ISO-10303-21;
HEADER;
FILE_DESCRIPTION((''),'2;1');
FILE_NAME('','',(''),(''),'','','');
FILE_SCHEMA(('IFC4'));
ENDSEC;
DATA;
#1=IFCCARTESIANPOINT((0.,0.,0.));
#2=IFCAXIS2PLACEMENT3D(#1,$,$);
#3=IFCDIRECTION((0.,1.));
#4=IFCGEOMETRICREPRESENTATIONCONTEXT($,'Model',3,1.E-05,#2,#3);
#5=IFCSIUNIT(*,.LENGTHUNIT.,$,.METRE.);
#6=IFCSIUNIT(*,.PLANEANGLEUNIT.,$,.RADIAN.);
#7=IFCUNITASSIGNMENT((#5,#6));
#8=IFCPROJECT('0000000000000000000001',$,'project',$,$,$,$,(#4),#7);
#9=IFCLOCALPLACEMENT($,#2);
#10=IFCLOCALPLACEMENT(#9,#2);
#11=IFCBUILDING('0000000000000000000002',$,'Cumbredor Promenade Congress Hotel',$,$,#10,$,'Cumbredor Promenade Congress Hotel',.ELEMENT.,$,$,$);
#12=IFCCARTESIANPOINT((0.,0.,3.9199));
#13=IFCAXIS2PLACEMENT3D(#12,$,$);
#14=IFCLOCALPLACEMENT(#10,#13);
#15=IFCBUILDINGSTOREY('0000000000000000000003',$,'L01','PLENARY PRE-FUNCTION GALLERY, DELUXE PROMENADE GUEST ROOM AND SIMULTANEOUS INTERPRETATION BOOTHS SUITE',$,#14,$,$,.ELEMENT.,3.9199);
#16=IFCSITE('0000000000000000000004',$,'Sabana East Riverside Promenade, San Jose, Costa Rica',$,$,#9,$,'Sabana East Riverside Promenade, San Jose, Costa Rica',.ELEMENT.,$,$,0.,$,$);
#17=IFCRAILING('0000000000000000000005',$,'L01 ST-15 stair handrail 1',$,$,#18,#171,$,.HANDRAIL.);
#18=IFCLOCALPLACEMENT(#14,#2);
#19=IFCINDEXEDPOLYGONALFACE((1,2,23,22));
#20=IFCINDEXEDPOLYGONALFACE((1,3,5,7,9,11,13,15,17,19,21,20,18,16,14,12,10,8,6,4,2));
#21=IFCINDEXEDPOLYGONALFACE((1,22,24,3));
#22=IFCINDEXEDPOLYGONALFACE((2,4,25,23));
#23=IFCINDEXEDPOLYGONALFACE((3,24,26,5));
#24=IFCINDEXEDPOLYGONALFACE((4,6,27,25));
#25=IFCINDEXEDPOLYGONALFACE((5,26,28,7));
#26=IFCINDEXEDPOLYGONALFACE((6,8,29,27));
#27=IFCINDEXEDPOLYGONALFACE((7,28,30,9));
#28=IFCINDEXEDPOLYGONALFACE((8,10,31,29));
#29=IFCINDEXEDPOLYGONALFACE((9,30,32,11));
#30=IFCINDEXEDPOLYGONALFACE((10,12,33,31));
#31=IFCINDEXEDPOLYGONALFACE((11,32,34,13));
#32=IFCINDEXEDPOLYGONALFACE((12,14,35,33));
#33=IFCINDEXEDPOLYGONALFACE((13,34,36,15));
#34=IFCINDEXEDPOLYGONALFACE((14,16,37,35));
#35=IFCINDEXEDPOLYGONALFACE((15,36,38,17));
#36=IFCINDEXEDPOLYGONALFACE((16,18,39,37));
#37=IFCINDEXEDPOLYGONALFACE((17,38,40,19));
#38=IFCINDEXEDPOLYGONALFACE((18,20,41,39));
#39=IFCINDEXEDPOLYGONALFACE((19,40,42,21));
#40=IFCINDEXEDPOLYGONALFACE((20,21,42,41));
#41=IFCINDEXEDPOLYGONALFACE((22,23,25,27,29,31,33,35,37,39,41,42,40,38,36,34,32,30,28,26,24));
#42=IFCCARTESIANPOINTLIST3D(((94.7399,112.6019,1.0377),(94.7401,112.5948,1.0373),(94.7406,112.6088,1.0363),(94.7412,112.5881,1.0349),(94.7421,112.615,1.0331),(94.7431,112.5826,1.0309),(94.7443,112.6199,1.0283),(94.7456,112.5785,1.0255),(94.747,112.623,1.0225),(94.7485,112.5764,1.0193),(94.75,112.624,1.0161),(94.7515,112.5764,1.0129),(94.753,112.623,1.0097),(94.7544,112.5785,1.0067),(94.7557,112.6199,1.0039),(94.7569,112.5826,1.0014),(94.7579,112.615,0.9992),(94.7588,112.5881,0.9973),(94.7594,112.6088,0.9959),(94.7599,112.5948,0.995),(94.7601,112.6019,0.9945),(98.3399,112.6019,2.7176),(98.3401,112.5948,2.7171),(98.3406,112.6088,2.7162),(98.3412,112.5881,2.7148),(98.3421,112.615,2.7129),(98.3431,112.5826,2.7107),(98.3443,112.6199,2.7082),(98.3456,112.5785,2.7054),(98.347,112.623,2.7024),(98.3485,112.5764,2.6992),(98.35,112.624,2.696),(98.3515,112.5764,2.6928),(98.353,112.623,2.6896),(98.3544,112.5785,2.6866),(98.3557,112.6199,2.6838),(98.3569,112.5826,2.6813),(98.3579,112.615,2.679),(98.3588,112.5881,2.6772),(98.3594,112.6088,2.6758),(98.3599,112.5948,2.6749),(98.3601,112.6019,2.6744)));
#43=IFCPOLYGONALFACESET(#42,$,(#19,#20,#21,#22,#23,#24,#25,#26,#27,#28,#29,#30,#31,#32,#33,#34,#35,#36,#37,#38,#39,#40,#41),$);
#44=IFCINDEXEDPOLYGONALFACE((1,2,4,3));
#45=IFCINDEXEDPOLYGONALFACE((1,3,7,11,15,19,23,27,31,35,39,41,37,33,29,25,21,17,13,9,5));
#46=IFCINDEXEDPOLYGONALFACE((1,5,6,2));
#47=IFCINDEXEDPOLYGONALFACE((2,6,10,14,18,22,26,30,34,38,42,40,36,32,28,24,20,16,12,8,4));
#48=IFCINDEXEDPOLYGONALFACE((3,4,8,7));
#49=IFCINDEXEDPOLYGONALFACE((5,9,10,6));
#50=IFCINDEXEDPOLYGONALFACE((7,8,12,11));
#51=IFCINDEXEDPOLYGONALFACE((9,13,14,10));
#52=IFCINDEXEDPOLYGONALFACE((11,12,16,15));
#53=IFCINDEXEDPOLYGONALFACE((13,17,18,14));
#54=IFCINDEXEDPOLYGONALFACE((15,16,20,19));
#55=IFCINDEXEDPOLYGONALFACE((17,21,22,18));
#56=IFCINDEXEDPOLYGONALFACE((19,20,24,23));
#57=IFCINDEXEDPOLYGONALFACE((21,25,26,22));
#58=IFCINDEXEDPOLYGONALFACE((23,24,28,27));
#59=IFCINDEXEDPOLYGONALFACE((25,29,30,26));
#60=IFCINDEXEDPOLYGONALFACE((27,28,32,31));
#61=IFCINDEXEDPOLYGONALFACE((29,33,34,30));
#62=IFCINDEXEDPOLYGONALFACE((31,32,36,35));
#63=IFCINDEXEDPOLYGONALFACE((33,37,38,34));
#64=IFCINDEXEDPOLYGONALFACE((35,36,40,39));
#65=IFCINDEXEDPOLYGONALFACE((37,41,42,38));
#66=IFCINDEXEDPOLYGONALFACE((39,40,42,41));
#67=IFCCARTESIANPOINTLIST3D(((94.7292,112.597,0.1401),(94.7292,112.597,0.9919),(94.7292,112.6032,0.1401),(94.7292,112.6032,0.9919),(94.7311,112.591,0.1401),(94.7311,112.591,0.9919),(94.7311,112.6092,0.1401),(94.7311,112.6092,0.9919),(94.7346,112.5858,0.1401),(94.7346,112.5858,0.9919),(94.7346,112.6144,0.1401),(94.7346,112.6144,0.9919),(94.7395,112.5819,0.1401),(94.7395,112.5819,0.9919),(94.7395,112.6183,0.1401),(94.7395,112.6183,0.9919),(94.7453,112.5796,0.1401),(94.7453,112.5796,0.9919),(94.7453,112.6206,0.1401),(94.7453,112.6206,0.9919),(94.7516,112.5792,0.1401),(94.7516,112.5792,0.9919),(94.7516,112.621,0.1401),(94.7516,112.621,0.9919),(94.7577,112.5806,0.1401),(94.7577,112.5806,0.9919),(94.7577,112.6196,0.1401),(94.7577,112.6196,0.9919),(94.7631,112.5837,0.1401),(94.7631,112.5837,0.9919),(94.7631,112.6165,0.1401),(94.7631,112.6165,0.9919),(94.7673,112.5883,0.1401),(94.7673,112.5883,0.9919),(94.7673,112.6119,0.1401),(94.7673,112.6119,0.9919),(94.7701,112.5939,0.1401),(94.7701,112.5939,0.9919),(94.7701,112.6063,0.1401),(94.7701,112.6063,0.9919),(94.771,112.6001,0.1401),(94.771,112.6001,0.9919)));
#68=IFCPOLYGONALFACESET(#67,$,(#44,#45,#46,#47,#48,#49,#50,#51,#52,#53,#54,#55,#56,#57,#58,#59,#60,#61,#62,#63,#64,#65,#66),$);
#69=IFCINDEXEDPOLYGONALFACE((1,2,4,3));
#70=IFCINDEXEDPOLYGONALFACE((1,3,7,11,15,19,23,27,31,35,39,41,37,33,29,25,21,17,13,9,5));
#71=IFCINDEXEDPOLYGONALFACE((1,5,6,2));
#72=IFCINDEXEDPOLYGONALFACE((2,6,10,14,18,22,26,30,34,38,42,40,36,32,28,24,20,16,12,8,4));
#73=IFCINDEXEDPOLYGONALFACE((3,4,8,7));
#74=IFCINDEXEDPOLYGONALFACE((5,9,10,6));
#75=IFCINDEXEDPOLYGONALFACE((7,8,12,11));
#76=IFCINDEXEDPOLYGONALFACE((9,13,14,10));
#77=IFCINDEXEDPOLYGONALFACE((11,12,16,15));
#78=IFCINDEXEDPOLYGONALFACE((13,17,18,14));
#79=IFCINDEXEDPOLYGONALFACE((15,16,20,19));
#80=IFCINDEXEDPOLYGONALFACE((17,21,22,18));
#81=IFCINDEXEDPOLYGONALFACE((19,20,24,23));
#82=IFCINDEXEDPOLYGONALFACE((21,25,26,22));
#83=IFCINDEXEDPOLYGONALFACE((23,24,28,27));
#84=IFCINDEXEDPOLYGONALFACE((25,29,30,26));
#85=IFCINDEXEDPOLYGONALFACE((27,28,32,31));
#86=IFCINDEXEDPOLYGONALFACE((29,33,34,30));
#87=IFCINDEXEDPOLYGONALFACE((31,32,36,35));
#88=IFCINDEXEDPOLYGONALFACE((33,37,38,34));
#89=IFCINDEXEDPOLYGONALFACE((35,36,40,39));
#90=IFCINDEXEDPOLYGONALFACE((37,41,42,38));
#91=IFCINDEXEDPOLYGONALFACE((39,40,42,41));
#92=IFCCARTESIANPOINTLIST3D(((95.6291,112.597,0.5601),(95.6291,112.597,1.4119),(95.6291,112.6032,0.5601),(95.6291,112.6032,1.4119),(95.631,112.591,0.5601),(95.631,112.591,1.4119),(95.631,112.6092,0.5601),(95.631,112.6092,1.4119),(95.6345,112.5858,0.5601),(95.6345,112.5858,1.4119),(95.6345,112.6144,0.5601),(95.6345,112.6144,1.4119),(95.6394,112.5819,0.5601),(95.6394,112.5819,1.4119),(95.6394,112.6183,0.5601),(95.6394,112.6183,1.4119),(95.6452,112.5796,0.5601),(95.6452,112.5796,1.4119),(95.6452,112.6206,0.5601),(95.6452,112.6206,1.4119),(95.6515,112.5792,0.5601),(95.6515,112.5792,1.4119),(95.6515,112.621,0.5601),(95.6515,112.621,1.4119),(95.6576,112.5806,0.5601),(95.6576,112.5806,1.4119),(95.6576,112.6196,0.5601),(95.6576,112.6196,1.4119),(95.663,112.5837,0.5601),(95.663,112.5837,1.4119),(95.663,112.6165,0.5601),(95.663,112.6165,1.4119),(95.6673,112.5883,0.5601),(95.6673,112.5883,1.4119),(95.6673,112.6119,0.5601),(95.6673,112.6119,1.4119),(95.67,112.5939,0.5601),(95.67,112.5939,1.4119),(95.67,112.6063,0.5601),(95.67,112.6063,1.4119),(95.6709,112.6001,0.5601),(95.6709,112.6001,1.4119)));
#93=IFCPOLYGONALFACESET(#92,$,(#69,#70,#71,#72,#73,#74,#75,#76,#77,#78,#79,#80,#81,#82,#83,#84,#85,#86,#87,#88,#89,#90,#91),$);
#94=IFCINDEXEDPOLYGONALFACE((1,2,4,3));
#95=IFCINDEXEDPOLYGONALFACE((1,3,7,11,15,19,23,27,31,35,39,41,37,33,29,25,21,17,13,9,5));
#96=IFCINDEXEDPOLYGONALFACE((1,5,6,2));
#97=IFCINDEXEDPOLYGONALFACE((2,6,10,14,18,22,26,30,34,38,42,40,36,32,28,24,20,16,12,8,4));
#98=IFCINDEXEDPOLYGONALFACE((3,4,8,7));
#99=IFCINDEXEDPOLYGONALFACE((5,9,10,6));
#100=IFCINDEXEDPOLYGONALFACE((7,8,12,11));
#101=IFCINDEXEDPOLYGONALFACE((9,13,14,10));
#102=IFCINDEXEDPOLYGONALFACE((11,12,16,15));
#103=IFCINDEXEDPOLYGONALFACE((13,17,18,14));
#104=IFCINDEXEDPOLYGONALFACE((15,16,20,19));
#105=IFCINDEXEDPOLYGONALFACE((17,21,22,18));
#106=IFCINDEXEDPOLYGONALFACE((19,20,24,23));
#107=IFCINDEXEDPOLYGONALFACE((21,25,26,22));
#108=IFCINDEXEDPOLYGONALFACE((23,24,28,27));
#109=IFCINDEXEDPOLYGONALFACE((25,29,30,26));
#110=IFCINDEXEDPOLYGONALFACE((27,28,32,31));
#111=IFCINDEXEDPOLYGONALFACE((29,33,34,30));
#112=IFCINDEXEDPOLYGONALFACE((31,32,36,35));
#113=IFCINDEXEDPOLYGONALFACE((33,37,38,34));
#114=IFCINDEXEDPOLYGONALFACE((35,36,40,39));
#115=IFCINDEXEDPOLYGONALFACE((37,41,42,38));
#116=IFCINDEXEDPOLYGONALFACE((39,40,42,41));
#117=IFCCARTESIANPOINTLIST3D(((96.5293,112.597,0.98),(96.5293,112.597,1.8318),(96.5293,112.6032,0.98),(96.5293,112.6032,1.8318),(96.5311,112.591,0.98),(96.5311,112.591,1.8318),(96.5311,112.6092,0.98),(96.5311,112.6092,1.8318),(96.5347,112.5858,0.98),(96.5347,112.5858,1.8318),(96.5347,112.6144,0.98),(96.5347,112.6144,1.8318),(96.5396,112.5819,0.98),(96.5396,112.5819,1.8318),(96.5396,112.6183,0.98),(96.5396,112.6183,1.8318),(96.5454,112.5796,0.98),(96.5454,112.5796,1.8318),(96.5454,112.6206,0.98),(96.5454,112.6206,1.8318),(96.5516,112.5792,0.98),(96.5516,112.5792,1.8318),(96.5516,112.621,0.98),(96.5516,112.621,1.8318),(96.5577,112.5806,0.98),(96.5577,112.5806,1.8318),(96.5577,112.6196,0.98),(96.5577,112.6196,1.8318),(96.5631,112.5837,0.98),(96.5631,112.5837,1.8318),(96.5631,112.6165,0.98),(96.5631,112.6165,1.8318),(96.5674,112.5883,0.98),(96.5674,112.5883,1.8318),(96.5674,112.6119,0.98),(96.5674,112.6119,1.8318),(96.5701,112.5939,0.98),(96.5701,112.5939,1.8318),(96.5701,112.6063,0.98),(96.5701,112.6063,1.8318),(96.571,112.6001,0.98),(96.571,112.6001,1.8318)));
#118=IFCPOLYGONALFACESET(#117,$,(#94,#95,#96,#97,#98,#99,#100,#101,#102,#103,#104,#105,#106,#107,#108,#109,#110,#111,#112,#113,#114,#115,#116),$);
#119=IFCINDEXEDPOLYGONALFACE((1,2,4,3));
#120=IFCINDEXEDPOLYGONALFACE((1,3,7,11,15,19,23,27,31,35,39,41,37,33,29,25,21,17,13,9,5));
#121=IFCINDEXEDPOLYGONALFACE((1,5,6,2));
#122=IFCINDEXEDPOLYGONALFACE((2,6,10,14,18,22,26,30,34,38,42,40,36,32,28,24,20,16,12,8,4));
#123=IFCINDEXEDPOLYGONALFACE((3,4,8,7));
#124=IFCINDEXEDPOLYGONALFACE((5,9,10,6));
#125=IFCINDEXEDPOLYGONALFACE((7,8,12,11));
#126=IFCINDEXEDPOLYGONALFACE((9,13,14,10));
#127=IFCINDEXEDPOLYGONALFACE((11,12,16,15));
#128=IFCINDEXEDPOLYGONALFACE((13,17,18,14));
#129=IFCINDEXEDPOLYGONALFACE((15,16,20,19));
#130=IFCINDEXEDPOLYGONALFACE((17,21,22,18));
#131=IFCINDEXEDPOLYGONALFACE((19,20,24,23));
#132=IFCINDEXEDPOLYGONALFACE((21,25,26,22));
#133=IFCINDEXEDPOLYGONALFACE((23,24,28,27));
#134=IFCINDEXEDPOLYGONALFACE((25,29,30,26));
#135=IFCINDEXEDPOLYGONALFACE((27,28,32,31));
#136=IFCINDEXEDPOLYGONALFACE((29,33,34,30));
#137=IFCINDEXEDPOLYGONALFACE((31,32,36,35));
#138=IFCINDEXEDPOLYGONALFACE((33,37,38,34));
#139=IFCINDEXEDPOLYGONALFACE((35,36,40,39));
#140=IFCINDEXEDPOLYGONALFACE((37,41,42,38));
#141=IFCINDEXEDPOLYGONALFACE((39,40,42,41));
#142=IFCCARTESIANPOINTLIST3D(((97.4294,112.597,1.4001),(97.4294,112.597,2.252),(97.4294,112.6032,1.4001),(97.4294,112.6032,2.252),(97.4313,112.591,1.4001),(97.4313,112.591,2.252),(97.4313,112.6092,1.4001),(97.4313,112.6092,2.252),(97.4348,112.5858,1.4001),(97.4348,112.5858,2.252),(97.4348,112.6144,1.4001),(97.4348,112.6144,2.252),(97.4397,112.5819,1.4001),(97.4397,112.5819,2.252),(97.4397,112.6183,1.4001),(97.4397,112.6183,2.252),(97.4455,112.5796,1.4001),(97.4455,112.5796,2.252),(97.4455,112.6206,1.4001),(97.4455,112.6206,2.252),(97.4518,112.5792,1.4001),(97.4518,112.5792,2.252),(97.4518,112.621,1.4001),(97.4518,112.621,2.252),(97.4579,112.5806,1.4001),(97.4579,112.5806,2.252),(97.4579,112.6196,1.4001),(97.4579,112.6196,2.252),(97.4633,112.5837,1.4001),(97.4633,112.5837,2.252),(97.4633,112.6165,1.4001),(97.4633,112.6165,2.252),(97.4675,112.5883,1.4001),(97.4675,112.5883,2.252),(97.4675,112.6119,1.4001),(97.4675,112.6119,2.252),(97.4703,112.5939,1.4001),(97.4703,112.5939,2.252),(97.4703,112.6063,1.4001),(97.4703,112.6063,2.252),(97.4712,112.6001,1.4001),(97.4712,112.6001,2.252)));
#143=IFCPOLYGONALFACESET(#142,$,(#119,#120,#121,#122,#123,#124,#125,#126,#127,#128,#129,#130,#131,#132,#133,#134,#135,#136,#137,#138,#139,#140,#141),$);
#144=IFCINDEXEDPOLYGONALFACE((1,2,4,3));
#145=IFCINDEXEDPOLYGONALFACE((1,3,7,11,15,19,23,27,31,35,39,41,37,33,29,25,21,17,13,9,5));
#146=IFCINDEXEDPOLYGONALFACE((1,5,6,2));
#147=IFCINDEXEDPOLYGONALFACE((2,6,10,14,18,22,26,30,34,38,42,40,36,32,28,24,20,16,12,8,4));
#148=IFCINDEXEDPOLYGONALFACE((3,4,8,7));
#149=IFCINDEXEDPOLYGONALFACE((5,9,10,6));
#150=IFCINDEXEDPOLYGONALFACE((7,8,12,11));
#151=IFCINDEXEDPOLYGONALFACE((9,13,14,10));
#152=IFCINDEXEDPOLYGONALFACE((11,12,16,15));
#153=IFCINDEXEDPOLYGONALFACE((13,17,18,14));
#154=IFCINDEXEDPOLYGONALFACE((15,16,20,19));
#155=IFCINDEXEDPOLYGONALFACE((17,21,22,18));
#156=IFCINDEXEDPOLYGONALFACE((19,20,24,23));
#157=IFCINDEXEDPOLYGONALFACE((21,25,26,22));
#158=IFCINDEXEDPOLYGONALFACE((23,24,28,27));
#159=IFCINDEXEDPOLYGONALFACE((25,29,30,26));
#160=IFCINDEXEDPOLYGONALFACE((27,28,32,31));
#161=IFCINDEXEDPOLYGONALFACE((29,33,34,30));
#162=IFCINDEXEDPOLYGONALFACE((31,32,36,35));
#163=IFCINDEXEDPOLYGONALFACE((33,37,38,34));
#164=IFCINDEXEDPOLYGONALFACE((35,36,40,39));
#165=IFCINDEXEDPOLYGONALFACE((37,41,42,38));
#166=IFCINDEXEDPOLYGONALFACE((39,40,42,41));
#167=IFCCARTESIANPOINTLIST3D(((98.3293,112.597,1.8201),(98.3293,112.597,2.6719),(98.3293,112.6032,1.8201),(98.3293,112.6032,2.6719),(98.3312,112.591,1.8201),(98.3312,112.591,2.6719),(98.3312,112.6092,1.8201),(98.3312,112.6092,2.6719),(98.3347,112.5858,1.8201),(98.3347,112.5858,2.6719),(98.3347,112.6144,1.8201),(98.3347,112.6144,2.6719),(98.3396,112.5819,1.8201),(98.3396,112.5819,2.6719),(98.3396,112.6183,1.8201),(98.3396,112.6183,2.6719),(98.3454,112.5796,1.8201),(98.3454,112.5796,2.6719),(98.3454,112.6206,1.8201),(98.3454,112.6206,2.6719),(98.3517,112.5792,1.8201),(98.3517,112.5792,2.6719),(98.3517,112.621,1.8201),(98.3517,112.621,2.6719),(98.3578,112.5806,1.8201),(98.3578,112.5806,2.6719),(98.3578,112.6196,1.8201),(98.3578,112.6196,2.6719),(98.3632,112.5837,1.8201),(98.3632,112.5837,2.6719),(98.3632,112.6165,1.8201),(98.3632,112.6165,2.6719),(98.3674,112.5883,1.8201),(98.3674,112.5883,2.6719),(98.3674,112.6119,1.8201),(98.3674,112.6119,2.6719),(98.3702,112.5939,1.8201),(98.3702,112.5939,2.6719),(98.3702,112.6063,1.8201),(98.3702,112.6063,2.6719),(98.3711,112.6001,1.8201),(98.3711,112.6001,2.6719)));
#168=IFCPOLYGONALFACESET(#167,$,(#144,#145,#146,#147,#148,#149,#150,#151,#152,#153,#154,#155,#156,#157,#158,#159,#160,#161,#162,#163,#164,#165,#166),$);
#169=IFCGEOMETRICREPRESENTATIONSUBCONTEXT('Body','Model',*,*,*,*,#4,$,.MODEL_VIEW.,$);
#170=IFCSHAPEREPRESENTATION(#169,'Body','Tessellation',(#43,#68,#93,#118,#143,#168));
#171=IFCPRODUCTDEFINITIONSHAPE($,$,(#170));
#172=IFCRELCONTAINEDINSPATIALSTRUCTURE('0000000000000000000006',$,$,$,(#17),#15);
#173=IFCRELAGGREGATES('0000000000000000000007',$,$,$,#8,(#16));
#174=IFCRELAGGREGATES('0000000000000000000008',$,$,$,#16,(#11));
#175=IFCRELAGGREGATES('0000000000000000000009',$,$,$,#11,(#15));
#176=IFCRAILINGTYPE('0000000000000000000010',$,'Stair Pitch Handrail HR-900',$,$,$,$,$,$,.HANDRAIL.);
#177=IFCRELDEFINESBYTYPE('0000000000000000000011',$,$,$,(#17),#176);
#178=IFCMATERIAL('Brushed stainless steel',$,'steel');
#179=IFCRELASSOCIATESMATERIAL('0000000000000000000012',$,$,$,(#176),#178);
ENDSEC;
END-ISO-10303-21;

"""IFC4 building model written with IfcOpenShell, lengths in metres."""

from ifc_helpers import new_model, si_unit, direction, frame, origin, origin_2d, place, context, subcontext, project, spatial, circle, extrude, material, type_object, element, save


model = new_model("IFC4")

# Units and contexts
model_context = context("Model", 3, precision=1e-05, world=origin(), true_north=direction((0.0, 1.0)))
body_context = subcontext(model_context, "Body", "Model", "MODEL_VIEW")
ifc_project = project(units=[si_unit("LENGTHUNIT", "METRE"), si_unit("PLANEANGLEUNIT", "RADIAN")], contexts=[model_context])

# Site, building, storey
site_placement = place(None, origin())
site = spatial("IfcSite", under=ifc_project, at=site_placement, Name="Sabana East Riverside Promenade, San Jose, Costa Rica", LongName="Sabana East Riverside Promenade, San Jose, Costa Rica", CompositionType="ELEMENT", RefElevation=0.0)
building_placement = place(site_placement, origin())
building = spatial("IfcBuilding", under=site, at=building_placement, Name="Cumbredor Promenade Congress Hotel", LongName="Cumbredor Promenade Congress Hotel", CompositionType="ELEMENT")
storey_placement = place(building_placement, frame((0.0, 0.0, 3.9199)))
storey = spatial("IfcBuildingStorey", under=building, at=storey_placement, Name="L01", Description="PLENARY PRE-FUNCTION GALLERY, DELUXE PROMENADE GUEST ROOM AND SIMULTANEOUS INTERPRETATION BOOTHS SUITE", CompositionType="ELEMENT", Elevation=3.9199)

# Railing
ifc_material_1 = material(Name="Brushed stainless steel", Category="steel")
railing_type_1 = type_object("IfcRailingType", Name="Stair Pitch Handrail HR-900", PredefinedType="HANDRAIL", material=ifc_material_1)
railing_1_placement = place(storey_placement, frame((94.75, 112.6001, 0.1401)))
element("IfcRailing", 1, at=railing_1_placement, inside=storey, type_object=railing_type_1, Name="L01 ST-15 stair handrail 1", PredefinedType="HANDRAIL", context=body_context, shape_type="SweptSolid", body=[
    extrude(circle(Radius=0.0239, at=origin_2d()), frame((0.0, 0.0, 0.876), z_axis=(0.906194, 0.0, 0.422862), x_axis=(0.0, 1.0, 0.0)), (0.0, 0.0, 1.0), 3.9727),
    extrude(circle(Radius=0.021, at=origin_2d()), origin(), (0.0, 0.0, 1.0), 0.8518),
    extrude(circle(Radius=0.021, at=origin_2d()), frame((0.8999, 0.0, 0.4199)), (0.0, 0.0, 1.0), 0.8518),
    extrude(circle(Radius=0.021, at=origin_2d()), frame((1.8, 0.0, 0.8398)), (0.0, 0.0, 1.0), 0.8518),
    extrude(circle(Radius=0.021, at=origin_2d()), frame((2.7002, 0.0, 1.26)), (0.0, 0.0, 1.0), 0.8518),
    extrude(circle(Radius=0.021, at=origin_2d()), frame((3.6001, 0.0, 1.6799)), (0.0, 0.0, 1.0), 0.8518),
])

save(model, "model.ifc")
